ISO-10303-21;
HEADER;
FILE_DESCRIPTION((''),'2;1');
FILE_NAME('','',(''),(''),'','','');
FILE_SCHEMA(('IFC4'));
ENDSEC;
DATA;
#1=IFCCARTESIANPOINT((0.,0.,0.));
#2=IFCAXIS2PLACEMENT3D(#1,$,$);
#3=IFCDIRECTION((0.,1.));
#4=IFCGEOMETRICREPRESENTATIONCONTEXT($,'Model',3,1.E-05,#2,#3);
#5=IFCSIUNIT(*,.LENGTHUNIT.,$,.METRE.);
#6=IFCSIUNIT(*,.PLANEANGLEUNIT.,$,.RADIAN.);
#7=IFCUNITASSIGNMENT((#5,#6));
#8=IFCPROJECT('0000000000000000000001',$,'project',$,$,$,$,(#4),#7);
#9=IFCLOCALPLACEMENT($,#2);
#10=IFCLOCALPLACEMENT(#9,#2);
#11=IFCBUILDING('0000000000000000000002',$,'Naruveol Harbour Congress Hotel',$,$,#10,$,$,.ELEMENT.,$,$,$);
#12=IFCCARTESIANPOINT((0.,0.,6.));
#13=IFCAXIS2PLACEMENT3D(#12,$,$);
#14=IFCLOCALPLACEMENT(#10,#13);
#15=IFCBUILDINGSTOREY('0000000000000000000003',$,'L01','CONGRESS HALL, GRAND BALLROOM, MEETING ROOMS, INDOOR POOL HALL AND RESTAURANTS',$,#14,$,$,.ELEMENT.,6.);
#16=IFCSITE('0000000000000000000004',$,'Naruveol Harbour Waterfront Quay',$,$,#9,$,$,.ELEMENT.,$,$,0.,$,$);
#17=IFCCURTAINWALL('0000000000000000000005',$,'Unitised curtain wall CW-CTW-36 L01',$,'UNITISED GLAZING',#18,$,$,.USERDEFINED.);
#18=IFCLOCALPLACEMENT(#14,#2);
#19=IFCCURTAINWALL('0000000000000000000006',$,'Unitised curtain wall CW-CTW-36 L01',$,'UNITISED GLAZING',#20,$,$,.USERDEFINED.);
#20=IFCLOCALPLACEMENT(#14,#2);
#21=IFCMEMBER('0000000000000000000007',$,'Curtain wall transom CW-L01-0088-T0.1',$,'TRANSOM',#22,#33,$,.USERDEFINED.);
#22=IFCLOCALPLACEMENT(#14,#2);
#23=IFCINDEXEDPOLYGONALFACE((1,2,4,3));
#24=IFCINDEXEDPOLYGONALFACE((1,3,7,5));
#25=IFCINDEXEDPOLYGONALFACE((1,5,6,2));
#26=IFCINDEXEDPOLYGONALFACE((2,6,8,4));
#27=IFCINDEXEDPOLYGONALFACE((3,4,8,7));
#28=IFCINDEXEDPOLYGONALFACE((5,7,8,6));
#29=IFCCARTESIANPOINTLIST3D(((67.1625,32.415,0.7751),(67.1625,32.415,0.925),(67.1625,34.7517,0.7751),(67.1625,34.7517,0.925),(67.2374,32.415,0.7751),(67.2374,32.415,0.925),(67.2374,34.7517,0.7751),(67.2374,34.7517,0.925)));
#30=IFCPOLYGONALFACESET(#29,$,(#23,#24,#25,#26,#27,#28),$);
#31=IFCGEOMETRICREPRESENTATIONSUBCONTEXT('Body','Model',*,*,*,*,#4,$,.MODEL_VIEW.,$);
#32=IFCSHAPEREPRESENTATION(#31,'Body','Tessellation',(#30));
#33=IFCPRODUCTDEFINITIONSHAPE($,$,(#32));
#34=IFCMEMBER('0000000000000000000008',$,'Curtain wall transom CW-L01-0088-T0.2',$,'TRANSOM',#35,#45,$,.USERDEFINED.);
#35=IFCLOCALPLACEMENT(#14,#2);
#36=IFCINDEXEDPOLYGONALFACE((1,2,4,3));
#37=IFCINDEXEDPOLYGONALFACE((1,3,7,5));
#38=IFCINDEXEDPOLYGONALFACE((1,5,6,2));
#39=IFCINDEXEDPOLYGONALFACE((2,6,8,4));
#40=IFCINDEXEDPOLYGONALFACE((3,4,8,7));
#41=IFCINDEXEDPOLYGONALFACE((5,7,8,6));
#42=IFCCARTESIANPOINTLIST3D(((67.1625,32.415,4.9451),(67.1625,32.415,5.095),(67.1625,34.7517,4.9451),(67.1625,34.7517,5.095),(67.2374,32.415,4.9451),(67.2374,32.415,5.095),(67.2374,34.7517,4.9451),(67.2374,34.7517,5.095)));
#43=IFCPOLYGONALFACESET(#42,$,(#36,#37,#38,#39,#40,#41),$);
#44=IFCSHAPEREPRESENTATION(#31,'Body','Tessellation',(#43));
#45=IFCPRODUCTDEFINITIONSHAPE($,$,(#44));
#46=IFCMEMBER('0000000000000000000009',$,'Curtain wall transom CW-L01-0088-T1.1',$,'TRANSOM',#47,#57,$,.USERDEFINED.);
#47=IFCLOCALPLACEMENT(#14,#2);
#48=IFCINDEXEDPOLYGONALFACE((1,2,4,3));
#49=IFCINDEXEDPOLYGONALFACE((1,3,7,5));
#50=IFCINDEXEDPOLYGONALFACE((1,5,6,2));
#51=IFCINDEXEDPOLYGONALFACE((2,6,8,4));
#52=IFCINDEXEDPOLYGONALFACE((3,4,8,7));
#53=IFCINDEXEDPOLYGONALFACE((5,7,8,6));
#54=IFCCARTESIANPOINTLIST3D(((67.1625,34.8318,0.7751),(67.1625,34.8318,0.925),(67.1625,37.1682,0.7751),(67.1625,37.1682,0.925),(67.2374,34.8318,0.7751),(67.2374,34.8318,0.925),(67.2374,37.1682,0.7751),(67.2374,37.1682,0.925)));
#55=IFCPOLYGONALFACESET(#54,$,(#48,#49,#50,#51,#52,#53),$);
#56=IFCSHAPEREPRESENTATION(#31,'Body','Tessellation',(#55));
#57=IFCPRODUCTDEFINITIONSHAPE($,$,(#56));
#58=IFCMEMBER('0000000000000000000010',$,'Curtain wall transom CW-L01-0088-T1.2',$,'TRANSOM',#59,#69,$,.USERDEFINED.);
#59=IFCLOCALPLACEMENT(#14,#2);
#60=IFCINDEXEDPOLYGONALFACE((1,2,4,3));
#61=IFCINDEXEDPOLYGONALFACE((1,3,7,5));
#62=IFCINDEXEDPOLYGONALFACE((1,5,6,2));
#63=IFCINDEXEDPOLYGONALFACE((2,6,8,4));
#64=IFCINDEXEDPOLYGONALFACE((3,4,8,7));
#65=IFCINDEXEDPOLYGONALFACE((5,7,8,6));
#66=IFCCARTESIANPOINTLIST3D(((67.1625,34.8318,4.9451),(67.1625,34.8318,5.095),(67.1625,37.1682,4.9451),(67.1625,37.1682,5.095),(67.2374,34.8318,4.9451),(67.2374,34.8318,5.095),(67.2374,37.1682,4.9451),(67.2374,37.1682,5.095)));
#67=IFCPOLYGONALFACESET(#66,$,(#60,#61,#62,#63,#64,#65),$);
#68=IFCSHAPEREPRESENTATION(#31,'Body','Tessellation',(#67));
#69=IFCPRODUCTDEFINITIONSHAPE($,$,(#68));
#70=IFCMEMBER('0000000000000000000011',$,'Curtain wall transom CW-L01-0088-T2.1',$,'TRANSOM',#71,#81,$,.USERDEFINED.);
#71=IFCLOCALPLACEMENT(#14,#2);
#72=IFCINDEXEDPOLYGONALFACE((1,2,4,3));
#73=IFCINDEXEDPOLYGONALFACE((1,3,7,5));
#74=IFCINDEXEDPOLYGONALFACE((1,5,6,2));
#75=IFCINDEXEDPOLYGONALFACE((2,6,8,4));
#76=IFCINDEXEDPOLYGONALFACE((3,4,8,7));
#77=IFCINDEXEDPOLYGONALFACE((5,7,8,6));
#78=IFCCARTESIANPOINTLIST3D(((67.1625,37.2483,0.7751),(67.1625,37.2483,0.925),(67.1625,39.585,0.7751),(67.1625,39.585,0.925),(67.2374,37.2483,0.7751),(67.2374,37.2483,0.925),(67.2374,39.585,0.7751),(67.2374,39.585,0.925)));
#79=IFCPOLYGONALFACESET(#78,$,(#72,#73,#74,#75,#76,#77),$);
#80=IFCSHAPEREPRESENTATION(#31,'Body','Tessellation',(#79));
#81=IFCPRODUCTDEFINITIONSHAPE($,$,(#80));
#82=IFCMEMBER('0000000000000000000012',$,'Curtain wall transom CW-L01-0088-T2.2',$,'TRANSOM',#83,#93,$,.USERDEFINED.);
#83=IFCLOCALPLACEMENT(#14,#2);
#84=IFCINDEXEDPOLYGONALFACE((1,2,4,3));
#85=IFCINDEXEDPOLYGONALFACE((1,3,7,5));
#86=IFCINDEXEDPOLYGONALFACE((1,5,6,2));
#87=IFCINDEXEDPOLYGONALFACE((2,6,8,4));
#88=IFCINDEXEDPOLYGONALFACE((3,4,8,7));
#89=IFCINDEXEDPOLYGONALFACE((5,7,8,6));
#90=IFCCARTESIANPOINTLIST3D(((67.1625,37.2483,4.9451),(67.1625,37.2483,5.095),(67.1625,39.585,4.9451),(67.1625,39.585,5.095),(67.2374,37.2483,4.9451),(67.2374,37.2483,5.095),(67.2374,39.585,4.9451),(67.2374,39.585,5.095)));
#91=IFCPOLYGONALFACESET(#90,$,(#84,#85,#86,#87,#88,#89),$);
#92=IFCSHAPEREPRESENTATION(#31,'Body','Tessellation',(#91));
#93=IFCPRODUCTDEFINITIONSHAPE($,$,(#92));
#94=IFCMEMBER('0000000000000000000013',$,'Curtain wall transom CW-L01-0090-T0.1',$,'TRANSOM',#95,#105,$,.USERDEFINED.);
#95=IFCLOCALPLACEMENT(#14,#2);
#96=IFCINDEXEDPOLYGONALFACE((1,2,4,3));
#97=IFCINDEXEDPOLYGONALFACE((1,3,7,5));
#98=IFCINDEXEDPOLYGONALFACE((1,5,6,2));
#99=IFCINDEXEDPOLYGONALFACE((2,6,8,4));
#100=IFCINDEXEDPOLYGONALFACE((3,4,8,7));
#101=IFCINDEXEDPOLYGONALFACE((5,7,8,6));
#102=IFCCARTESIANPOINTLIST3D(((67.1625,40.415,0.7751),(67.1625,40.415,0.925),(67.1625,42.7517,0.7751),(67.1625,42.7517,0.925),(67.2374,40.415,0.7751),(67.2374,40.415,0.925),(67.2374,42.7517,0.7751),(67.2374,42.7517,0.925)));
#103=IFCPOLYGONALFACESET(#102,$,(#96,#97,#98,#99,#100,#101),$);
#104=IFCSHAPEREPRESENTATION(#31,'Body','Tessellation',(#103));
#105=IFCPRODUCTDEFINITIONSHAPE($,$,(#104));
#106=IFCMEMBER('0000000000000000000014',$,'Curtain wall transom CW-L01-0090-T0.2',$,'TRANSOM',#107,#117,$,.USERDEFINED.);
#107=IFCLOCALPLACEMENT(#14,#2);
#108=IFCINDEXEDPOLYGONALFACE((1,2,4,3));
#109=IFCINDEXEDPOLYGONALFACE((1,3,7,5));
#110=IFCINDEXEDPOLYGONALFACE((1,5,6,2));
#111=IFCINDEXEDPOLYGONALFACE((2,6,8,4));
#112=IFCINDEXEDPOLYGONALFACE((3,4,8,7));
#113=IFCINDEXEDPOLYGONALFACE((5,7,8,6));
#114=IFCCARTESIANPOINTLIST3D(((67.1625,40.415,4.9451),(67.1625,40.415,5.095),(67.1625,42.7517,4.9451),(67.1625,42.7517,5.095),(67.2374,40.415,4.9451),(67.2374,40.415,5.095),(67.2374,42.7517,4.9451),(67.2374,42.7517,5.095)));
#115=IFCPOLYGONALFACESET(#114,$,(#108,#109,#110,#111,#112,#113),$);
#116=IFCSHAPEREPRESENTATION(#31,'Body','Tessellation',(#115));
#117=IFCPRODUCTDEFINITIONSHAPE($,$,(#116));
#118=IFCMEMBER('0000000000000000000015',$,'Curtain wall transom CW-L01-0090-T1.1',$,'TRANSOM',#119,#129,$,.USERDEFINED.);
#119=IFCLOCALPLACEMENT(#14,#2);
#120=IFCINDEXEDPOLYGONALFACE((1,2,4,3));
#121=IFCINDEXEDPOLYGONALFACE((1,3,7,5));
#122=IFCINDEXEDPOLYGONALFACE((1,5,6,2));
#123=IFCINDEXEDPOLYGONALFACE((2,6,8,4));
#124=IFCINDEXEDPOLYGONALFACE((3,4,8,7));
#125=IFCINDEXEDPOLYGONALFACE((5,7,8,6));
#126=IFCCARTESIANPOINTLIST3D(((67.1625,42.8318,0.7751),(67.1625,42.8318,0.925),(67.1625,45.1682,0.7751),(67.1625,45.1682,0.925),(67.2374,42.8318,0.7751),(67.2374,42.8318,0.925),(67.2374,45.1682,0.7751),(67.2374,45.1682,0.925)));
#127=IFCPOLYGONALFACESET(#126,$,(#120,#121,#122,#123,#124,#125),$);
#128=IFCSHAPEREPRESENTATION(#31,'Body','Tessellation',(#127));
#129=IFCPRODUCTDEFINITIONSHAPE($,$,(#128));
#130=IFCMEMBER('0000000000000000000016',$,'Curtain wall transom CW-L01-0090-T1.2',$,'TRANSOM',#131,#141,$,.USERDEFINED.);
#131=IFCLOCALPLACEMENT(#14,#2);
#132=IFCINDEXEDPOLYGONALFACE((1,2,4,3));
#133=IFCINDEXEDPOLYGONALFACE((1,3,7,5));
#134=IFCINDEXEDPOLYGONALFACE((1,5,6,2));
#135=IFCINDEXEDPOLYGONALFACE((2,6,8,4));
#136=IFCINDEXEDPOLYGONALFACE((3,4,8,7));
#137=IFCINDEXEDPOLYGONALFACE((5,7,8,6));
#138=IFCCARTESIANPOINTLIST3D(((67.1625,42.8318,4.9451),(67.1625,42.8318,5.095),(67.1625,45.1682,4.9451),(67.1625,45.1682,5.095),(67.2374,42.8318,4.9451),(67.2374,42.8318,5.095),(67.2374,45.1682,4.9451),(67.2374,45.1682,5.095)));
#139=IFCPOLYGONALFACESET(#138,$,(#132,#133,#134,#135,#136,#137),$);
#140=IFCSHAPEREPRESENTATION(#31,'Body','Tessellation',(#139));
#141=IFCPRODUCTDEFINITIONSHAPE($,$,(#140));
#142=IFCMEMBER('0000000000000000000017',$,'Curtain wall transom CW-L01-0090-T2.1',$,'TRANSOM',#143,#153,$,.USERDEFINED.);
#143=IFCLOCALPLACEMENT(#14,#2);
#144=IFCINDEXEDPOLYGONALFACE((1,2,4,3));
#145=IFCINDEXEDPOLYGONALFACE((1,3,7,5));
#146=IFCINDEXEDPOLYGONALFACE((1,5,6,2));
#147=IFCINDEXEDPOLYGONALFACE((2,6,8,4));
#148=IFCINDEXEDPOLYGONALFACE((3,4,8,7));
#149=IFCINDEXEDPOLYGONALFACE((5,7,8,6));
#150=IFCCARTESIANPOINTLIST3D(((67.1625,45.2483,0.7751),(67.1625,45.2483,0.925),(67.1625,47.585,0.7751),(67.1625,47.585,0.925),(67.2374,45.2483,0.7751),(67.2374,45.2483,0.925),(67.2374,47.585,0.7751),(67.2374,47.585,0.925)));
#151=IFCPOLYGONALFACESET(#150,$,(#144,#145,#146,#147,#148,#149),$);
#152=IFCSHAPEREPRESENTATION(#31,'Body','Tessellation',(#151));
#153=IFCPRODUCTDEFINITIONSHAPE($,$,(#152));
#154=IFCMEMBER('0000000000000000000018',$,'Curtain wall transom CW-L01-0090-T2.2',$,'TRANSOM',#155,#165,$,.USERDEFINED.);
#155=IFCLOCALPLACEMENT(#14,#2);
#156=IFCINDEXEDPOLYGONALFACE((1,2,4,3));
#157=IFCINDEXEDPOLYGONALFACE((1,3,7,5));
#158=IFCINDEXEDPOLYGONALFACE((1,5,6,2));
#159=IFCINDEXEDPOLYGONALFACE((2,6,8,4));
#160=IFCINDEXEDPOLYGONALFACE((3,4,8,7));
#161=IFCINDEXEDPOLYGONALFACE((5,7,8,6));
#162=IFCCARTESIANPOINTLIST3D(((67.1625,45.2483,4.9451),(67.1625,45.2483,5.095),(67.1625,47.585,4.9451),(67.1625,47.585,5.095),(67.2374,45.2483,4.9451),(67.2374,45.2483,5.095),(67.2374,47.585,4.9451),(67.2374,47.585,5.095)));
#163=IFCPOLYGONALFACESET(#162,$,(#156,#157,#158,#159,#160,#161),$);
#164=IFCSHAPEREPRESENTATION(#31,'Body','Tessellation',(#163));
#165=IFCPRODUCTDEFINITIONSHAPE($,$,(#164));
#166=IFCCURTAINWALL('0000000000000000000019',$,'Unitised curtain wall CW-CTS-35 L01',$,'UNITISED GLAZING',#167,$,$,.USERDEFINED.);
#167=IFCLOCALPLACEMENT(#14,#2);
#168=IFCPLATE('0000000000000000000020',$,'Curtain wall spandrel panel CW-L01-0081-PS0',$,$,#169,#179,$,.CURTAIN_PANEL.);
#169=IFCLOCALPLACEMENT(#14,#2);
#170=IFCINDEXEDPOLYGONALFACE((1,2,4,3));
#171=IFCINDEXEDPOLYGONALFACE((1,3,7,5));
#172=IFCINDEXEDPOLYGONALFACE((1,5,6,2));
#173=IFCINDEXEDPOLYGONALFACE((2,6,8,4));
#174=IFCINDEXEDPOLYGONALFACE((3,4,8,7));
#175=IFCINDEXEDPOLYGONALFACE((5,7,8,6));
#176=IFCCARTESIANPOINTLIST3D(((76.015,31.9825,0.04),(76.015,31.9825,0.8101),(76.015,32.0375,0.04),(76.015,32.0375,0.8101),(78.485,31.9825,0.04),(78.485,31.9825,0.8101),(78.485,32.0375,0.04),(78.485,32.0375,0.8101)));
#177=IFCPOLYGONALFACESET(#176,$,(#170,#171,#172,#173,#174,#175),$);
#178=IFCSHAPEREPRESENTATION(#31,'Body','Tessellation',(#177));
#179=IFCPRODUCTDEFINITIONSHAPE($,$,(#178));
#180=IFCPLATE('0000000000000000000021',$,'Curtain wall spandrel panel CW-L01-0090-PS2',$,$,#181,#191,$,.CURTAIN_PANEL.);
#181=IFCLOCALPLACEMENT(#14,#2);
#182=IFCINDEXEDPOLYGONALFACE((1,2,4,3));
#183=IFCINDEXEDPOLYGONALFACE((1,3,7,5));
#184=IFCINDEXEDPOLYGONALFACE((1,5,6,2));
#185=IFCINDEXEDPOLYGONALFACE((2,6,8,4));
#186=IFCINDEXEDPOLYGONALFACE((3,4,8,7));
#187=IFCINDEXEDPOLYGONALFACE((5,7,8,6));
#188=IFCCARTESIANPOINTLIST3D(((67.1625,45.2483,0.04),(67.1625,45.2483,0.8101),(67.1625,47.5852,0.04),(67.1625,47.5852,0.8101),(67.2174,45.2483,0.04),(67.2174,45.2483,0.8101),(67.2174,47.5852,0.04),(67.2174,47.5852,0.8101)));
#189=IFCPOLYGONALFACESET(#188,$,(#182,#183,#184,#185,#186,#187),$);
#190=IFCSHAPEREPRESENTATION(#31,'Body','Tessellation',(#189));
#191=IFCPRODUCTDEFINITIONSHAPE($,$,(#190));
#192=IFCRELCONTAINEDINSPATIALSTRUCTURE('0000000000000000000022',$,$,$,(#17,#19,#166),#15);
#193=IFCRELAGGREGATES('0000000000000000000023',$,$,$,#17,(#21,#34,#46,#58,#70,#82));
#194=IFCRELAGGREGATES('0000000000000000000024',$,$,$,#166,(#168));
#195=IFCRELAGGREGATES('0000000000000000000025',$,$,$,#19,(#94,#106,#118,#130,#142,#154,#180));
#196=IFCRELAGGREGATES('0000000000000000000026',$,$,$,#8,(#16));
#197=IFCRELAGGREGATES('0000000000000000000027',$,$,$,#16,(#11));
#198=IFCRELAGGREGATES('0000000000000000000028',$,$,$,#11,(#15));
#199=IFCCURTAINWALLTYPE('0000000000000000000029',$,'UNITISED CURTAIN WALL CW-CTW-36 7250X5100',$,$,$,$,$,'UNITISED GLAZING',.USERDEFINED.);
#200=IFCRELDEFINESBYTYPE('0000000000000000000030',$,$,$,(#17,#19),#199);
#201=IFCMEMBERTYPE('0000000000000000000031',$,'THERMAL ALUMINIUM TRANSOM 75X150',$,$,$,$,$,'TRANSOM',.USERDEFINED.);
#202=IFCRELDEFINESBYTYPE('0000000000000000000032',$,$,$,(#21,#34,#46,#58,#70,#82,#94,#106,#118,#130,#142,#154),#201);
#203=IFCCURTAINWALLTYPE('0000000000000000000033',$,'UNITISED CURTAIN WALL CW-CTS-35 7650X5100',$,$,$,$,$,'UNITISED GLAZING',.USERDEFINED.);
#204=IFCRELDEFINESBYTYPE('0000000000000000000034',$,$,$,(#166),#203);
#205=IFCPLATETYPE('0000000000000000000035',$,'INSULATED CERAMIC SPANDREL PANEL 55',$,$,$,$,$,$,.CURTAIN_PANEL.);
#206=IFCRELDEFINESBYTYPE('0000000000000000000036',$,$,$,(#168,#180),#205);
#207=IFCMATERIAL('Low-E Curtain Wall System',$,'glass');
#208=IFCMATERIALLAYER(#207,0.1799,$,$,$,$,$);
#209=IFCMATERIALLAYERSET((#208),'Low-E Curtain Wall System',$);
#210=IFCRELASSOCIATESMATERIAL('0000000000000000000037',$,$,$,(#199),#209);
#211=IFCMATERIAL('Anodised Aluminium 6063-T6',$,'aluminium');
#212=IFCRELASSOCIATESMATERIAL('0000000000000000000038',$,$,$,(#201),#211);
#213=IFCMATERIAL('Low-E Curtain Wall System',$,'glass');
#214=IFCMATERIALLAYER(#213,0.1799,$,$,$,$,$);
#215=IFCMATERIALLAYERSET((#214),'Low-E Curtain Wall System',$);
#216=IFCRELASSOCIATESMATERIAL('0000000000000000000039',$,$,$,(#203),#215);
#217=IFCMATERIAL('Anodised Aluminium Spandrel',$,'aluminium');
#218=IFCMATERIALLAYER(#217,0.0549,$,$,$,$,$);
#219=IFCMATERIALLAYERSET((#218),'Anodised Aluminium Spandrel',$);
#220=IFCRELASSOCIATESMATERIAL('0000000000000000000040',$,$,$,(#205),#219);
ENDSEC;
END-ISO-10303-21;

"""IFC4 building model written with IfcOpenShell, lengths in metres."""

from ifc_helpers import new_model, si_unit, direction, frame, origin, origin_2d, place, context, subcontext, project, spatial, rectangle, extrude, material, layer, layer_set, material_profile, profile_set, type_object, element, aggregate, save


model = new_model("IFC4")

# Units and contexts
model_context = context("Model", 3, precision=1e-05, world=origin(), true_north=direction((0.0, 1.0)))
body_context = subcontext(model_context, "Body", "Model", "MODEL_VIEW")
ifc_project = project(units=[si_unit("LENGTHUNIT", "METRE"), si_unit("PLANEANGLEUNIT", "RADIAN")], contexts=[model_context])

# Site, building, storey
site_placement = place(None, origin())
site = spatial("IfcSite", under=ifc_project, at=site_placement, Name="Naruveol Harbour Waterfront Quay", CompositionType="ELEMENT", RefElevation=0.0)
building_placement = place(site_placement, origin())
building = spatial("IfcBuilding", under=site, at=building_placement, Name="Naruveol Harbour Congress Hotel", CompositionType="ELEMENT")
storey_placement = place(building_placement, frame((0.0, 0.0, 6.0)))
storey = spatial("IfcBuildingStorey", under=building, at=storey_placement, Name="L01", Description="CONGRESS HALL, GRAND BALLROOM, MEETING ROOMS, INDOOR POOL HALL AND RESTAURANTS", CompositionType="ELEMENT", Elevation=6.0)

# Curtain walls
ifc_material_1 = material(Name="Low-E Curtain Wall System", Category="glass")
ifc_layer_1 = layer(ifc_material_1, 0.1799)
ifc_layer_set_1 = layer_set([ifc_layer_1], Name="Low-E Curtain Wall System")
curtain_wall_type_1 = type_object("IfcCurtainWallType", Name="UNITISED CURTAIN WALL CW-CTW-36 7250X5100", ElementType="UNITISED GLAZING", PredefinedType="USERDEFINED", material=ifc_layer_set_1)
curtain_wall_1_placement = place(storey_placement, origin())
curtain_wall_1 = element("IfcCurtainWall", 1, at=curtain_wall_1_placement, inside=storey, type_object=curtain_wall_type_1, Name="Unitised curtain wall CW-CTW-36 L01", ObjectType="UNITISED GLAZING", PredefinedType="USERDEFINED")
curtain_wall_2_placement = place(storey_placement, origin())
curtain_wall_2 = element("IfcCurtainWall", 2, at=curtain_wall_2_placement, inside=storey, type_object=curtain_wall_type_1, Name="Unitised curtain wall CW-CTW-36 L01", ObjectType="UNITISED GLAZING", PredefinedType="USERDEFINED")

# Members
ifc_material_2 = material(Name="Anodised Aluminium 6063-T6", Category="aluminium")
ifc_material_profile_1 = material_profile(ifc_material_2, rectangle(XDim=0.075, YDim=0.1499, at=origin_2d()), Name="ALU-75x150")
ifc_profile_set_1 = profile_set([ifc_material_profile_1], Name="Anodised Aluminium 6063-T6")
member_type_1 = type_object("IfcMemberType", Name="THERMAL ALUMINIUM TRANSOM 75X150", ElementType="TRANSOM", PredefinedType="USERDEFINED", material=ifc_profile_set_1)
member_1_placement = place(storey_placement, frame((67.2, 32.415, 0.8501), z_axis=(0.0, 1.0, 0.0), x_axis=(-1.0, 0.0, 0.0)))
member_1 = element("IfcMember", 3, at=member_1_placement, type_object=member_type_1, Name="Curtain wall transom CW-L01-0088-T0.1", ObjectType="TRANSOM", PredefinedType="USERDEFINED", context=body_context, shape_type="SweptSolid", body=[
    extrude(rectangle(XDim=0.075, YDim=0.1499, at=origin_2d()), origin(), (0.0, 0.0, 1.0), 2.3367),
])
member_2_placement = place(storey_placement, frame((67.2, 32.415, 5.02), z_axis=(0.0, 1.0, 0.0), x_axis=(-1.0, 0.0, 0.0)))
member_2 = element("IfcMember", 4, at=member_2_placement, type_object=member_type_1, Name="Curtain wall transom CW-L01-0088-T0.2", ObjectType="TRANSOM", PredefinedType="USERDEFINED", context=body_context, shape_type="SweptSolid", body=[
    extrude(rectangle(XDim=0.075, YDim=0.1499, at=origin_2d()), origin(), (0.0, 0.0, 1.0), 2.3367),
])
member_3_placement = place(storey_placement, frame((67.2, 34.8318, 0.8501), z_axis=(0.0, 1.0, 0.0), x_axis=(-1.0, 0.0, 0.0)))
member_3 = element("IfcMember", 5, at=member_3_placement, type_object=member_type_1, Name="Curtain wall transom CW-L01-0088-T1.1", ObjectType="TRANSOM", PredefinedType="USERDEFINED", context=body_context, shape_type="SweptSolid", body=[
    extrude(rectangle(XDim=0.075, YDim=0.1499, at=origin_2d()), origin(), (0.0, 0.0, 1.0), 2.3364),
])
member_4_placement = place(storey_placement, frame((67.2, 34.8318, 5.02), z_axis=(0.0, 1.0, 0.0), x_axis=(-1.0, 0.0, 0.0)))
member_4 = element("IfcMember", 6, at=member_4_placement, type_object=member_type_1, Name="Curtain wall transom CW-L01-0088-T1.2", ObjectType="TRANSOM", PredefinedType="USERDEFINED", context=body_context, shape_type="SweptSolid", body=[
    extrude(rectangle(XDim=0.075, YDim=0.1499, at=origin_2d()), origin(), (0.0, 0.0, 1.0), 2.3364),
])
member_5_placement = place(storey_placement, frame((67.2, 37.2483, 0.8501), z_axis=(0.0, 1.0, 0.0), x_axis=(-1.0, 0.0, 0.0)))
member_5 = element("IfcMember", 7, at=member_5_placement, type_object=member_type_1, Name="Curtain wall transom CW-L01-0088-T2.1", ObjectType="TRANSOM", PredefinedType="USERDEFINED", context=body_context, shape_type="SweptSolid", body=[
    extrude(rectangle(XDim=0.075, YDim=0.1499, at=origin_2d()), origin(), (0.0, 0.0, 1.0), 2.3367),
])
member_6_placement = place(storey_placement, frame((67.2, 37.2483, 5.02), z_axis=(0.0, 1.0, 0.0), x_axis=(-1.0, 0.0, 0.0)))
member_6 = element("IfcMember", 8, at=member_6_placement, type_object=member_type_1, Name="Curtain wall transom CW-L01-0088-T2.2", ObjectType="TRANSOM", PredefinedType="USERDEFINED", context=body_context, shape_type="SweptSolid", body=[
    extrude(rectangle(XDim=0.075, YDim=0.1499, at=origin_2d()), origin(), (0.0, 0.0, 1.0), 2.3367),
])
aggregate(curtain_wall_1, [member_1, member_2, member_3, member_4, member_5, member_6])
member_7_placement = place(storey_placement, frame((67.2, 40.415, 0.8501), z_axis=(0.0, 1.0, 0.0), x_axis=(-1.0, 0.0, 0.0)))
member_7 = element("IfcMember", 9, at=member_7_placement, type_object=member_type_1, Name="Curtain wall transom CW-L01-0090-T0.1", ObjectType="TRANSOM", PredefinedType="USERDEFINED", context=body_context, shape_type="SweptSolid", body=[
    extrude(rectangle(XDim=0.075, YDim=0.1499, at=origin_2d()), origin(), (0.0, 0.0, 1.0), 2.3367),
])
member_8_placement = place(storey_placement, frame((67.2, 40.415, 5.02), z_axis=(0.0, 1.0, 0.0), x_axis=(-1.0, 0.0, 0.0)))
member_8 = element("IfcMember", 10, at=member_8_placement, type_object=member_type_1, Name="Curtain wall transom CW-L01-0090-T0.2", ObjectType="TRANSOM", PredefinedType="USERDEFINED", context=body_context, shape_type="SweptSolid", body=[
    extrude(rectangle(XDim=0.075, YDim=0.1499, at=origin_2d()), origin(), (0.0, 0.0, 1.0), 2.3367),
])
member_9_placement = place(storey_placement, frame((67.2, 42.8318, 0.8501), z_axis=(0.0, 1.0, 0.0), x_axis=(-1.0, 0.0, 0.0)))
member_9 = element("IfcMember", 11, at=member_9_placement, type_object=member_type_1, Name="Curtain wall transom CW-L01-0090-T1.1", ObjectType="TRANSOM", PredefinedType="USERDEFINED", context=body_context, shape_type="SweptSolid", body=[
    extrude(rectangle(XDim=0.075, YDim=0.1499, at=origin_2d()), origin(), (0.0, 0.0, 1.0), 2.3364),
])
member_10_placement = place(storey_placement, frame((67.2, 42.8318, 5.02), z_axis=(0.0, 1.0, 0.0), x_axis=(-1.0, 0.0, 0.0)))
member_10 = element("IfcMember", 12, at=member_10_placement, type_object=member_type_1, Name="Curtain wall transom CW-L01-0090-T1.2", ObjectType="TRANSOM", PredefinedType="USERDEFINED", context=body_context, shape_type="SweptSolid", body=[
    extrude(rectangle(XDim=0.075, YDim=0.1499, at=origin_2d()), origin(), (0.0, 0.0, 1.0), 2.3364),
])
member_11_placement = place(storey_placement, frame((67.2, 45.2483, 0.8501), z_axis=(0.0, 1.0, 0.0), x_axis=(-1.0, 0.0, 0.0)))
member_11 = element("IfcMember", 13, at=member_11_placement, type_object=member_type_1, Name="Curtain wall transom CW-L01-0090-T2.1", ObjectType="TRANSOM", PredefinedType="USERDEFINED", context=body_context, shape_type="SweptSolid", body=[
    extrude(rectangle(XDim=0.075, YDim=0.1499, at=origin_2d()), origin(), (0.0, 0.0, 1.0), 2.3367),
])
member_12_placement = place(storey_placement, frame((67.2, 45.2483, 5.02), z_axis=(0.0, 1.0, 0.0), x_axis=(-1.0, 0.0, 0.0)))
member_12 = element("IfcMember", 14, at=member_12_placement, type_object=member_type_1, Name="Curtain wall transom CW-L01-0090-T2.2", ObjectType="TRANSOM", PredefinedType="USERDEFINED", context=body_context, shape_type="SweptSolid", body=[
    extrude(rectangle(XDim=0.075, YDim=0.1499, at=origin_2d()), origin(), (0.0, 0.0, 1.0), 2.3367),
])

# Curtain wall, plate
ifc_material_3 = material(Name="Low-E Curtain Wall System", Category="glass")
ifc_layer_2 = layer(ifc_material_3, 0.1799)
ifc_layer_set_2 = layer_set([ifc_layer_2], Name="Low-E Curtain Wall System")
curtain_wall_type_2 = type_object("IfcCurtainWallType", Name="UNITISED CURTAIN WALL CW-CTS-35 7650X5100", ElementType="UNITISED GLAZING", PredefinedType="USERDEFINED", material=ifc_layer_set_2)
curtain_wall_3_placement = place(storey_placement, origin())
curtain_wall_3 = element("IfcCurtainWall", 15, at=curtain_wall_3_placement, inside=storey, type_object=curtain_wall_type_2, Name="Unitised curtain wall CW-CTS-35 L01", ObjectType="UNITISED GLAZING", PredefinedType="USERDEFINED")
ifc_material_4 = material(Name="Anodised Aluminium Spandrel", Category="aluminium")
ifc_layer_3 = layer(ifc_material_4, 0.0549)
ifc_layer_set_3 = layer_set([ifc_layer_3], Name="Anodised Aluminium Spandrel")
plate_type_1 = type_object("IfcPlateType", Name="INSULATED CERAMIC SPANDREL PANEL 55", PredefinedType="CURTAIN_PANEL", material=ifc_layer_set_3)
plate_1_placement = place(storey_placement, frame((77.25, 32.01, 0.04), z_axis=(0.0, 0.0, 1.0), x_axis=(1.0, 0.0, 0.0)))
plate_1 = element("IfcPlate", 16, at=plate_1_placement, type_object=plate_type_1, Name="Curtain wall spandrel panel CW-L01-0081-PS0", PredefinedType="CURTAIN_PANEL", context=body_context, shape_type="SweptSolid", body=[
    extrude(rectangle(XDim=2.47, YDim=0.0549, at=origin_2d()), origin(), (0.0, 0.0, 1.0), 0.77),
])

# Plate
plate_2_placement = place(storey_placement, frame((67.1899, 46.4167, 0.04), z_axis=(0.0, 0.0, 1.0), x_axis=(0.0, 1.0, 0.0)))
plate_2 = element("IfcPlate", 17, at=plate_2_placement, type_object=plate_type_1, Name="Curtain wall spandrel panel CW-L01-0090-PS2", PredefinedType="CURTAIN_PANEL", context=body_context, shape_type="SweptSolid", body=[
    extrude(rectangle(XDim=2.3369, YDim=0.0549, at=origin_2d()), origin(), (0.0, 0.0, 1.0), 0.77),
])

aggregate(curtain_wall_3, [plate_1])
aggregate(curtain_wall_2, [member_7, member_8, member_9, member_10, member_11, member_12, plate_2])

save(model, "model.ifc")
